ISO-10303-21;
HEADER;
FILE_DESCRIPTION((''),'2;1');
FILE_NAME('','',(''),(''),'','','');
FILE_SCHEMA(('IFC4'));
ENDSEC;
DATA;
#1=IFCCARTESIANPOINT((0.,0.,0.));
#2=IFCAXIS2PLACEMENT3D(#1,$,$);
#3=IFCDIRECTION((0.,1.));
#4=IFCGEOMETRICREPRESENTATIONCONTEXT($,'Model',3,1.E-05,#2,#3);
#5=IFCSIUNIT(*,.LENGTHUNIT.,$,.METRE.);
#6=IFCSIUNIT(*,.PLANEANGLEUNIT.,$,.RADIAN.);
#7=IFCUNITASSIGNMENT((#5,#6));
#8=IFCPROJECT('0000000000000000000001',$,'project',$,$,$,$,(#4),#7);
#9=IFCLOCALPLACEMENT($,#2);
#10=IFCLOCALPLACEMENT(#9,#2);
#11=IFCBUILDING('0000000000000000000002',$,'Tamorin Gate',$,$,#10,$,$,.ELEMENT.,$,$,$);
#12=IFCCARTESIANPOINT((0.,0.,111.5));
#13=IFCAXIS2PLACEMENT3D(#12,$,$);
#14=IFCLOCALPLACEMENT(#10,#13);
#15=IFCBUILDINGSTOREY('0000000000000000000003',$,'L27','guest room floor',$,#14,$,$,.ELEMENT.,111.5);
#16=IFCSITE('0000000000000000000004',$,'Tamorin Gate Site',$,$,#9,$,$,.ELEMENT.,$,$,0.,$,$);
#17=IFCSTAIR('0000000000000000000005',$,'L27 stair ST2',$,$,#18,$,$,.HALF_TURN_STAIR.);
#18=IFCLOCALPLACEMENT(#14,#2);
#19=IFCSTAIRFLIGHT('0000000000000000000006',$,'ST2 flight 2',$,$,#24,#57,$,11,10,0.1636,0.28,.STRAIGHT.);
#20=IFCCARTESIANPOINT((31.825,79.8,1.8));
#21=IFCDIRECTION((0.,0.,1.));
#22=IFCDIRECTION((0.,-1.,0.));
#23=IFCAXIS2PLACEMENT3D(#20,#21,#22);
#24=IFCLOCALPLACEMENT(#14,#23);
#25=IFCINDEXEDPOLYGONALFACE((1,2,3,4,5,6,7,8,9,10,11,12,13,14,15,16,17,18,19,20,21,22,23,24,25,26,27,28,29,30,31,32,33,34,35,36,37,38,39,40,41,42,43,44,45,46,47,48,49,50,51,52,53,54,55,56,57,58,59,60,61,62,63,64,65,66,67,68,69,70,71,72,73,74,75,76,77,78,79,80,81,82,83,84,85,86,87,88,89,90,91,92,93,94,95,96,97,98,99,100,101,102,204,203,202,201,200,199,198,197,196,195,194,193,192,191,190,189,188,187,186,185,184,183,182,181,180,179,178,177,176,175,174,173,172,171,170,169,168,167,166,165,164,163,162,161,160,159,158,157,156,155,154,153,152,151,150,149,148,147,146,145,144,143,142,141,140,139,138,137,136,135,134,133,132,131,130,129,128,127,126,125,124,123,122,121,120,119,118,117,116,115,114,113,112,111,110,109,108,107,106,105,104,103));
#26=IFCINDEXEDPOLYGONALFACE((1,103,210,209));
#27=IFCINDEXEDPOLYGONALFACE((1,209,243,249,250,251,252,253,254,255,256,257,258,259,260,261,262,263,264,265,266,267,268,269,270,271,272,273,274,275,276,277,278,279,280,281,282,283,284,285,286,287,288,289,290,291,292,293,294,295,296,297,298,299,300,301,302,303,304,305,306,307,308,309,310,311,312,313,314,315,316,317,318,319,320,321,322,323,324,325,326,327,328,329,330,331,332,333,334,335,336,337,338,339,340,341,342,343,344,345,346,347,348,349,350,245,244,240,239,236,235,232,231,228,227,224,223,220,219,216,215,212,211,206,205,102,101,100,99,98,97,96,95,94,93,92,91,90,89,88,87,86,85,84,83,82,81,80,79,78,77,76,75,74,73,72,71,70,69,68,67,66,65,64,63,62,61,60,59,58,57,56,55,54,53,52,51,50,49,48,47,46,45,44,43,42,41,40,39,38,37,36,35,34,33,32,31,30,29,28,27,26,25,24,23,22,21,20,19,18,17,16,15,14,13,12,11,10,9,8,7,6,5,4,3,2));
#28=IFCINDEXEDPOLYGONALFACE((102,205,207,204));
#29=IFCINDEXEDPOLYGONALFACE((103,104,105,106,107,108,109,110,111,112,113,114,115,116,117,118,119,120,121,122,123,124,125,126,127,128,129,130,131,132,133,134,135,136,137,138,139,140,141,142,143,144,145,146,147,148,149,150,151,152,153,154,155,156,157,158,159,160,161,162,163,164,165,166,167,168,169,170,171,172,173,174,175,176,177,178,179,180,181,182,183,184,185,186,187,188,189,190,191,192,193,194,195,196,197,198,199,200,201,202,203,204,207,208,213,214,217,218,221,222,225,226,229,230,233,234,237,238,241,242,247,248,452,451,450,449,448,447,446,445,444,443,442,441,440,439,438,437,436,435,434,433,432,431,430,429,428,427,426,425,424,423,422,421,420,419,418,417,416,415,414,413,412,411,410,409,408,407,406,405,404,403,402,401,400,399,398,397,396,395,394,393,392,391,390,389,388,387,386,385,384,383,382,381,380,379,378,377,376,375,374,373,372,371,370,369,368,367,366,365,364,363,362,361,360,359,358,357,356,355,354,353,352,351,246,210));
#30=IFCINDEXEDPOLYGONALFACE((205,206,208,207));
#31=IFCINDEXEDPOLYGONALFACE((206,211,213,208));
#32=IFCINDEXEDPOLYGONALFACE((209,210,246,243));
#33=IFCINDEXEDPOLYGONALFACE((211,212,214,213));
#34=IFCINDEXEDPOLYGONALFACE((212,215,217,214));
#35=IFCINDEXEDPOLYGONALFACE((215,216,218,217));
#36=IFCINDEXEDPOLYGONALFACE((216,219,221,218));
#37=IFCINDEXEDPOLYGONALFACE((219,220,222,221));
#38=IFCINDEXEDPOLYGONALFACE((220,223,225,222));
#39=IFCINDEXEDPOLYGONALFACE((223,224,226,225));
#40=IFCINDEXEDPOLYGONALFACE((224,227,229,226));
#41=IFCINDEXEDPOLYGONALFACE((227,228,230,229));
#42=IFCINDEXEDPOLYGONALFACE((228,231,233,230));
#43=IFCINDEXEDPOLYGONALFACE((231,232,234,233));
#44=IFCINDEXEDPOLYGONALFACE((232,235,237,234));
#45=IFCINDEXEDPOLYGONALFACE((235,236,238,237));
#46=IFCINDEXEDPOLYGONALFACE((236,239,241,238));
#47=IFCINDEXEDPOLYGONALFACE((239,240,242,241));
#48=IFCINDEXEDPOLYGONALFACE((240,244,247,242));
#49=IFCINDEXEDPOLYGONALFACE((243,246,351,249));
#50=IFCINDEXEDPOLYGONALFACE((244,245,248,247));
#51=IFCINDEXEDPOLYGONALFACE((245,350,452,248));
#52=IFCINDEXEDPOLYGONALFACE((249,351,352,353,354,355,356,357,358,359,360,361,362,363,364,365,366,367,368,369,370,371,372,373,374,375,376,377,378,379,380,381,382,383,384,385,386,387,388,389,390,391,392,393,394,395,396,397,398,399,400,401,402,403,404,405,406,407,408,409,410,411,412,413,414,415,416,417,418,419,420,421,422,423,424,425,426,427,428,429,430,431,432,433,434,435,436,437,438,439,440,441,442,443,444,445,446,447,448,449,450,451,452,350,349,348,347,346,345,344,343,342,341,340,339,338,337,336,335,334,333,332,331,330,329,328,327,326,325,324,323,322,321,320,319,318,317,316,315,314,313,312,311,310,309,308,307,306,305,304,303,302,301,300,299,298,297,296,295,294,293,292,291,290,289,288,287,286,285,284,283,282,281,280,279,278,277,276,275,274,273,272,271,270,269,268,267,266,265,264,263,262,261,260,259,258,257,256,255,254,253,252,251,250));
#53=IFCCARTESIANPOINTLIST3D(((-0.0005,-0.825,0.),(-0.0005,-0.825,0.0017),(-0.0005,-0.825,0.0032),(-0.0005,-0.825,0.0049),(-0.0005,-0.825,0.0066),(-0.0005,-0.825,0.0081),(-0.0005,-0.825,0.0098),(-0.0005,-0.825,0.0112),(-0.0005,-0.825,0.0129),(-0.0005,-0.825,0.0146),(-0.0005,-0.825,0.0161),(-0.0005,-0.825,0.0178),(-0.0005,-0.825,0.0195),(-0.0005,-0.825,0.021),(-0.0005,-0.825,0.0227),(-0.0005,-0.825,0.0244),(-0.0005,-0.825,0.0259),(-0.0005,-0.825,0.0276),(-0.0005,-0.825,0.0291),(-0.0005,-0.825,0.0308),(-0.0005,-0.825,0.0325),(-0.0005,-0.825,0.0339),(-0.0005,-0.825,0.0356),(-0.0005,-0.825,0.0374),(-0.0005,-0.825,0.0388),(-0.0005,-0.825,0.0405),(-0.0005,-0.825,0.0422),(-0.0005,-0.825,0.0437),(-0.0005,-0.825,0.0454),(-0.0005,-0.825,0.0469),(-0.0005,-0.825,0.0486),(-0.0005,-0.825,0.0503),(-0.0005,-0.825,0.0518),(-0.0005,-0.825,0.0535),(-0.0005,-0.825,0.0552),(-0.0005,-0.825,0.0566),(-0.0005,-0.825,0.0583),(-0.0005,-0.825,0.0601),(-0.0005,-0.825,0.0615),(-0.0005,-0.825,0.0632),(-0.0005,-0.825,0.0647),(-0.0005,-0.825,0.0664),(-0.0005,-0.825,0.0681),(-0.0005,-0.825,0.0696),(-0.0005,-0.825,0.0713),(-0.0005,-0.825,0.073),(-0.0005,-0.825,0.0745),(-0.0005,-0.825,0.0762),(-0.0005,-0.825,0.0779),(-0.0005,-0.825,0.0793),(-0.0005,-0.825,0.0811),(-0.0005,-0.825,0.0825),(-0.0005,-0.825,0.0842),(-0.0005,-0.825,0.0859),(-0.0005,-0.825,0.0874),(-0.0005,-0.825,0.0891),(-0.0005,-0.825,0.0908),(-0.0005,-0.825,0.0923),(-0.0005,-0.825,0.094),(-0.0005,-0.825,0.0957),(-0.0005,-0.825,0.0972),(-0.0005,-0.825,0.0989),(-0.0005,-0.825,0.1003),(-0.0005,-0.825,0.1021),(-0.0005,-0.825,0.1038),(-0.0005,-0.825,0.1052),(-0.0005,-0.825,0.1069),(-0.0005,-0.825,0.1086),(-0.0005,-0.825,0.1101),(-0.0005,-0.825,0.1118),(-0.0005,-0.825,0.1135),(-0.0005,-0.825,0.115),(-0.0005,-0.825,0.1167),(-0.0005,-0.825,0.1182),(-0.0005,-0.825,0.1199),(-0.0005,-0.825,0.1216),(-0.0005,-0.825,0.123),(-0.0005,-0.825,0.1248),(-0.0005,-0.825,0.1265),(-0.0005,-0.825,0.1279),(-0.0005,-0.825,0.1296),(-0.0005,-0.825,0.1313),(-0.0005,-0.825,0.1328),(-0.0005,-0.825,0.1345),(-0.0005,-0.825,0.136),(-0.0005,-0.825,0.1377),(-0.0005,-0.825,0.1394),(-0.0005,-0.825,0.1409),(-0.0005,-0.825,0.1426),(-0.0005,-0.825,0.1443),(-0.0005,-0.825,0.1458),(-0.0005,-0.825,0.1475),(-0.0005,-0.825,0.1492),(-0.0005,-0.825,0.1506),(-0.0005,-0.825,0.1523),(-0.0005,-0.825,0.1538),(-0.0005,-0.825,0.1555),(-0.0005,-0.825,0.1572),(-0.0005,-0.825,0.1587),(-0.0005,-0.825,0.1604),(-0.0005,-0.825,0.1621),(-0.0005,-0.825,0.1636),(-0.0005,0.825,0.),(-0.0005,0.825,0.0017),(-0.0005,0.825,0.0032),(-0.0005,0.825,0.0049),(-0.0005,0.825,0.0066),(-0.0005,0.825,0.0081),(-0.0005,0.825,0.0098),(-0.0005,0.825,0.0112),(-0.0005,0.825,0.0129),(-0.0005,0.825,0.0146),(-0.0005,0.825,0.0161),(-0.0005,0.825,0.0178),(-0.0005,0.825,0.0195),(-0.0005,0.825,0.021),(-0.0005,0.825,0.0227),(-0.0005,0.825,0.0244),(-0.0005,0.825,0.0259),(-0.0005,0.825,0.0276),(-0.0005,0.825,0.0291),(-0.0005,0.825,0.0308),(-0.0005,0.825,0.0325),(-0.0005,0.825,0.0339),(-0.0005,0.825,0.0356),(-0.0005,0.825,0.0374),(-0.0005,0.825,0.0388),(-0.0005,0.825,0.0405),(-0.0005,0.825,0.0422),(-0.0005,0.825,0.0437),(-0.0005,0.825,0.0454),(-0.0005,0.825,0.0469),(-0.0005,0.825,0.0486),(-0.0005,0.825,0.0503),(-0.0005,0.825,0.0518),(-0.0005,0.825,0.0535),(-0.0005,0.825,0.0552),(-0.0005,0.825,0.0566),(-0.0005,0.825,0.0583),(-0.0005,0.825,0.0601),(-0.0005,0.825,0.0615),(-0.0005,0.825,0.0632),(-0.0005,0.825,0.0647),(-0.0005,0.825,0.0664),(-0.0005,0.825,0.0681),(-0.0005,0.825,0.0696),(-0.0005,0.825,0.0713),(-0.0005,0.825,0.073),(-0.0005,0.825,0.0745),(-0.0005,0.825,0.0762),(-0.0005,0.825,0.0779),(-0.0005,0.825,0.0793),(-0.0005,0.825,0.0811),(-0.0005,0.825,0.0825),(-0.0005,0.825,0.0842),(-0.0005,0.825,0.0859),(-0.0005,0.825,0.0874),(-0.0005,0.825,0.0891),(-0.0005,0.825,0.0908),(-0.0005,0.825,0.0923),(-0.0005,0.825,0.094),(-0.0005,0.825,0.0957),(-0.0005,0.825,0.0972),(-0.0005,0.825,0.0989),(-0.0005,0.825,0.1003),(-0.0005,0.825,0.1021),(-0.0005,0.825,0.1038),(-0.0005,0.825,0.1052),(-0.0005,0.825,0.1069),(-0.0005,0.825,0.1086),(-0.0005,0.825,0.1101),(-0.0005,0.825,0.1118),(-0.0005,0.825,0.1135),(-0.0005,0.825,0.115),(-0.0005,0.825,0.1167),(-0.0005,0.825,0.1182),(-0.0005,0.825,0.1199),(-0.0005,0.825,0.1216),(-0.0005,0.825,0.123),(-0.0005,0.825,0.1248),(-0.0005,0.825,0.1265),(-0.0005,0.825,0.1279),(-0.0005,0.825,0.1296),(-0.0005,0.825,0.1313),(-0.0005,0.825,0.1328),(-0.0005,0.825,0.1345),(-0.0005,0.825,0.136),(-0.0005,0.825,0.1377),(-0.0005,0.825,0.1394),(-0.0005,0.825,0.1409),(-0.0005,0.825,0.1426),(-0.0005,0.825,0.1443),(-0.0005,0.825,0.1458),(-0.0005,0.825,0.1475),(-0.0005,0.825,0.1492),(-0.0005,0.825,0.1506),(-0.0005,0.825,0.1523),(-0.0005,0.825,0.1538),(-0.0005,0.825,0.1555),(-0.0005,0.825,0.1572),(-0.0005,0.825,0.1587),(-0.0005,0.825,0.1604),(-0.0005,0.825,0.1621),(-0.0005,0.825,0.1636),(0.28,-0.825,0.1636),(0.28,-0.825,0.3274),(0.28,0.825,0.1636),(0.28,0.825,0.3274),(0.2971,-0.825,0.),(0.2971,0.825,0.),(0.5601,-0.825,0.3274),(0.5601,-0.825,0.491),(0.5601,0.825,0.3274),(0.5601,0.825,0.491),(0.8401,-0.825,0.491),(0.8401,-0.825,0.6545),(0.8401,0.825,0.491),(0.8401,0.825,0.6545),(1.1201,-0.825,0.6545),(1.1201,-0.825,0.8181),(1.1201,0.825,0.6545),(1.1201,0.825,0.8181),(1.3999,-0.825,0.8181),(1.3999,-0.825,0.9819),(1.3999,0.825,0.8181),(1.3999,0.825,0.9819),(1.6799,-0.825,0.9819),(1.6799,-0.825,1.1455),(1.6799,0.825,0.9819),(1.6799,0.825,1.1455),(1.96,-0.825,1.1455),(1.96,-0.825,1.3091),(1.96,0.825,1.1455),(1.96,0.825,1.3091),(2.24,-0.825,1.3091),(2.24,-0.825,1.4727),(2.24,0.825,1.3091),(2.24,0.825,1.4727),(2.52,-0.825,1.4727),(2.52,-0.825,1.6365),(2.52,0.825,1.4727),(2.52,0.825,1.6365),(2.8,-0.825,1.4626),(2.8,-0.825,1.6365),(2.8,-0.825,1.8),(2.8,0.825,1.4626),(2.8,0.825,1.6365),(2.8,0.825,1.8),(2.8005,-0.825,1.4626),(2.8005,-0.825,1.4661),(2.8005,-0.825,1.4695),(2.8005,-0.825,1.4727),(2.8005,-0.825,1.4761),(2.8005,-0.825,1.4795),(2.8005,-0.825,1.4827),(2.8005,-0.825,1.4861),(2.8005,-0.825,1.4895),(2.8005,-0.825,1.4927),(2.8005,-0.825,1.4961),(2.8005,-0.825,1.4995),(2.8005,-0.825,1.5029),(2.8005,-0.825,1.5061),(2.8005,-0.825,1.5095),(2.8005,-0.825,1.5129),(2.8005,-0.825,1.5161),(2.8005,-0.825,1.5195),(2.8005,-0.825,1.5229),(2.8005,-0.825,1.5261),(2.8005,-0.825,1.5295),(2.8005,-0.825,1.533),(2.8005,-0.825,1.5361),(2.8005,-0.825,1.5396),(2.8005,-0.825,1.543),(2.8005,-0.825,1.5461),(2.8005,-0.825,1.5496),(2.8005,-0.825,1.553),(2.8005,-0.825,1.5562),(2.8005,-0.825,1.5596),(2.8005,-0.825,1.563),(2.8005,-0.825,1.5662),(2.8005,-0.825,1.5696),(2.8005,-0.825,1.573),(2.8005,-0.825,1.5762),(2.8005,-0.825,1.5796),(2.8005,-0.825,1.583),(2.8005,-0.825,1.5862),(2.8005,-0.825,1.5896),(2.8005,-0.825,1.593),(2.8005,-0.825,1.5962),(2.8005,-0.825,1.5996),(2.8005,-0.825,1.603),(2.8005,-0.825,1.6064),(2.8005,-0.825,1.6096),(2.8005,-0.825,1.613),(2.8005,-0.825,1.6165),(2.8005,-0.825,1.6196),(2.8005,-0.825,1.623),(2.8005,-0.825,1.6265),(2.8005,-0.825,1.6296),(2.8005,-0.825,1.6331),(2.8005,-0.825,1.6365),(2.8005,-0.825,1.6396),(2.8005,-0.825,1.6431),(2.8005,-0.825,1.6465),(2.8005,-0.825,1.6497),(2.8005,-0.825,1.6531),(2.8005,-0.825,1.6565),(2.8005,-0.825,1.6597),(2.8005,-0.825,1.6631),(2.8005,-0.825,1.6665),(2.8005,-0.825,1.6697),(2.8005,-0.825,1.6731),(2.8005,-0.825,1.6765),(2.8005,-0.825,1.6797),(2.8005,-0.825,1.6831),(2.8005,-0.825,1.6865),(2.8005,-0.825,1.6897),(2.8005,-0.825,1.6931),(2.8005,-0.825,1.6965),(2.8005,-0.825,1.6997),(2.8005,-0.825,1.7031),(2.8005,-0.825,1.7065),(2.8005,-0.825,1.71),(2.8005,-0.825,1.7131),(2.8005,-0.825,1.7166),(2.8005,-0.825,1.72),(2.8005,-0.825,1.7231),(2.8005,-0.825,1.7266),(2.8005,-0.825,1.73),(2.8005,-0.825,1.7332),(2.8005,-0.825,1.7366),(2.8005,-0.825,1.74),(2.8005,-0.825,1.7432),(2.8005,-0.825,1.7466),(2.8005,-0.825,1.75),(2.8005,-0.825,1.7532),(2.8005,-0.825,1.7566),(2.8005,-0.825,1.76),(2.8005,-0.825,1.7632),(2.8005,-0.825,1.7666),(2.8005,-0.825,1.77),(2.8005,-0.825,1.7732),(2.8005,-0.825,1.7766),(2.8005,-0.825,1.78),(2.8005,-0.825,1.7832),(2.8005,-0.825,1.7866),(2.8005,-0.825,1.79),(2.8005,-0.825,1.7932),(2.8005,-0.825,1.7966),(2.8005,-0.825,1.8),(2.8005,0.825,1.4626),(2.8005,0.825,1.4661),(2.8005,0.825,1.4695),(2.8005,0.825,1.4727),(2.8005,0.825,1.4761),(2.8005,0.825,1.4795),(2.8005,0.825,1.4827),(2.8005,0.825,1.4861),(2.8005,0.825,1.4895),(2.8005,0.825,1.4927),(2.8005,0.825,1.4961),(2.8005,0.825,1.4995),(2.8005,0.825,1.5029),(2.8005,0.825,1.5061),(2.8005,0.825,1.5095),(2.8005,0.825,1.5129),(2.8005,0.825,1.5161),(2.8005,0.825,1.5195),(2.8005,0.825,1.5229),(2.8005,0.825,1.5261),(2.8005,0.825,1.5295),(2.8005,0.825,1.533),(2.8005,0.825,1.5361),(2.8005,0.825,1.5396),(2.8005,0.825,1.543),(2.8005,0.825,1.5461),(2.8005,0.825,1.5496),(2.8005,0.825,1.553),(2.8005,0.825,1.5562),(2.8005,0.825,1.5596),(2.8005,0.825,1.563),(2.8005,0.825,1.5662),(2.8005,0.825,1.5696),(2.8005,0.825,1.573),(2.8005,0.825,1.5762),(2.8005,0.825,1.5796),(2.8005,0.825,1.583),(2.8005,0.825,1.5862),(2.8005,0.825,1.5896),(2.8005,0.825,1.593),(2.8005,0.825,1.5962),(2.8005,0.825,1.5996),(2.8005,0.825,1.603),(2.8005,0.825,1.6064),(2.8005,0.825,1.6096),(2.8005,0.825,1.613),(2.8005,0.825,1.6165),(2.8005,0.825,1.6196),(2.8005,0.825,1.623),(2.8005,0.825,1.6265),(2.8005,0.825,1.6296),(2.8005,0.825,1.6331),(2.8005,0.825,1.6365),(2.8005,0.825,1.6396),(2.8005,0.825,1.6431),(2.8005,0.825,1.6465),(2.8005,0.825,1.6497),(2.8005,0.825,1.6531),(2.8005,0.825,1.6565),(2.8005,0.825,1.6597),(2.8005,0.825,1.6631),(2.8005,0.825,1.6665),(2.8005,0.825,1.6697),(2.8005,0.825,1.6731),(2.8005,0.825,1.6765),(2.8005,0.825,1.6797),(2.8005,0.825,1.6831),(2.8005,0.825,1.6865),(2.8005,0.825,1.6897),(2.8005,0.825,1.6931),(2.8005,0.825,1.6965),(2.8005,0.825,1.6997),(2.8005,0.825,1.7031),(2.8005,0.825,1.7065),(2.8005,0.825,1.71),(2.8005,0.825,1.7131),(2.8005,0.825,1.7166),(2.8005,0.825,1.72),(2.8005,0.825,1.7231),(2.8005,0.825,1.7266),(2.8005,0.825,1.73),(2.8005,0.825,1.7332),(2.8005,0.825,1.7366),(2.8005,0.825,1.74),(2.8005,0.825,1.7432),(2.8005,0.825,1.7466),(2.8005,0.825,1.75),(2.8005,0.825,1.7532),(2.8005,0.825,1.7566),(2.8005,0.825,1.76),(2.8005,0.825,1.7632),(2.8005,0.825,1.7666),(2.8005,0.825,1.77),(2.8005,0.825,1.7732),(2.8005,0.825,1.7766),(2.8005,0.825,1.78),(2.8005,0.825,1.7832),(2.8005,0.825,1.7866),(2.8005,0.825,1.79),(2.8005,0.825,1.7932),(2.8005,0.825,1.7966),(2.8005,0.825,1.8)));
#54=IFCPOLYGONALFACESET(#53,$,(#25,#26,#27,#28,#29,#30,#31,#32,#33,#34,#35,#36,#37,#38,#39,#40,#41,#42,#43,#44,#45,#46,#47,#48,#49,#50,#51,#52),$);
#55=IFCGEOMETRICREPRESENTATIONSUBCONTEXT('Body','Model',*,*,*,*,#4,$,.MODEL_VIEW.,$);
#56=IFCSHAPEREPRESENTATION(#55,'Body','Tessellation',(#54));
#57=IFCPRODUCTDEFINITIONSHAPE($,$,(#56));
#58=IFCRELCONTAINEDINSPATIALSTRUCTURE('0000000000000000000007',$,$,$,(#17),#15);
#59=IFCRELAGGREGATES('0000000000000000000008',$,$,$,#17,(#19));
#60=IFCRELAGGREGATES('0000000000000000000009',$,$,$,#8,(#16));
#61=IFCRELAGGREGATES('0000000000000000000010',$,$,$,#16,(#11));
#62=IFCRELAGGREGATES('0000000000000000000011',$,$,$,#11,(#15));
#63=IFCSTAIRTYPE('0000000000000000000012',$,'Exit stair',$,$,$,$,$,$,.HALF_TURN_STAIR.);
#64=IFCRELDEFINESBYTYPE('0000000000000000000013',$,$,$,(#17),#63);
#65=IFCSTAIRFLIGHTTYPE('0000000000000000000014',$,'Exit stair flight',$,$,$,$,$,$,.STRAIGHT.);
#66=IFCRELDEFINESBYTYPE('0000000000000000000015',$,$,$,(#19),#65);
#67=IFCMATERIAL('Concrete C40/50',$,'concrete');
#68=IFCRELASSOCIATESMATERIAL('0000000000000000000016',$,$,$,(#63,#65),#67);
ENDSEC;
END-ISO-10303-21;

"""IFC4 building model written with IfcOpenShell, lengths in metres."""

from ifc_helpers import new_model, si_unit, direction, frame, origin, place, context, subcontext, project, spatial, polyline, outline, extrude, material, type_object, element, aggregate, save


model = new_model("IFC4")

# Units and contexts
model_context = context("Model", 3, precision=1e-05, world=origin(), true_north=direction((0.0, 1.0)))
body_context = subcontext(model_context, "Body", "Model", "MODEL_VIEW")
ifc_project = project(units=[si_unit("LENGTHUNIT", "METRE"), si_unit("PLANEANGLEUNIT", "RADIAN")], contexts=[model_context])

# Site, building, storey
site_placement = place(None, origin())
site = spatial("IfcSite", under=ifc_project, at=site_placement, Name="Tamorin Gate Site", CompositionType="ELEMENT", RefElevation=0.0)
building_placement = place(site_placement, origin())
building = spatial("IfcBuilding", under=site, at=building_placement, Name="Tamorin Gate", CompositionType="ELEMENT")
storey_placement = place(building_placement, frame((0.0, 0.0, 111.5)))
storey = spatial("IfcBuildingStorey", under=building, at=storey_placement, Name="L27", Description="guest room floor", CompositionType="ELEMENT", Elevation=111.5)

# Shared definitions
ifc_material_1 = material(Name="Concrete C40/50", Category="concrete")

# Stair, stair flight
stair_type = type_object("IfcStairType", Name="Exit stair", PredefinedType="HALF_TURN_STAIR", material=ifc_material_1)
stair_placement = place(storey_placement, origin())
stair = element("IfcStair", 1, at=stair_placement, inside=storey, type_object=stair_type, Name="L27 stair ST2", PredefinedType="HALF_TURN_STAIR")
stair_flight_type = type_object("IfcStairFlightType", Name="Exit stair flight", PredefinedType="STRAIGHT", material=ifc_material_1)
stair_flight_1_placement = place(storey_placement, frame((31.825, 79.8, 1.8), z_axis=(0.0, 0.0, 1.0), x_axis=(0.0, -1.0, 0.0)))
stair_flight_1 = element("IfcStairFlight", 2, at=stair_flight_1_placement, type_object=stair_flight_type, Name="ST2 flight 2", NumberOfRisers=11, NumberOfTreads=10, PredefinedType="STRAIGHT", RiserHeight=0.1636, TreadLength=0.28, context=body_context, shape_type="SweptSolid", body=[
    extrude(outline(polyline([(-0.0005, 0.0), (-0.0005, 0.0017), (-0.0005, 0.0032), (-0.0005, 0.0049), (-0.0005, 0.0066), (-0.0005, 0.0081), (-0.0005, 0.0098), (-0.0005, 0.0112), (-0.0005, 0.0129), (-0.0005, 0.0146), (-0.0005, 0.0161), (-0.0005, 0.0178), (-0.0005, 0.0195), (-0.0005, 0.021), (-0.0005, 0.0227), (-0.0005, 0.0244), (-0.0005, 0.0259), (-0.0005, 0.0276), (-0.0005, 0.0291), (-0.0005, 0.0308), (-0.0005, 0.0325), (-0.0005, 0.0339), (-0.0005, 0.0356), (-0.0005, 0.0374), (-0.0005, 0.0388), (-0.0005, 0.0405), (-0.0005, 0.0422), (-0.0005, 0.0437), (-0.0005, 0.0454), (-0.0005, 0.0469), (-0.0005, 0.0486), (-0.0005, 0.0503), (-0.0005, 0.0518), (-0.0005, 0.0535), (-0.0005, 0.0552), (-0.0005, 0.0566), (-0.0005, 0.0583), (-0.0005, 0.0601), (-0.0005, 0.0615), (-0.0005, 0.0632), (-0.0005, 0.0647), (-0.0005, 0.0664), (-0.0005, 0.0681), (-0.0005, 0.0696), (-0.0005, 0.0713), (-0.0005, 0.073), (-0.0005, 0.0745), (-0.0005, 0.0762), (-0.0005, 0.0779), (-0.0005, 0.0793), (-0.0005, 0.0811), (-0.0005, 0.0825), (-0.0005, 0.0842), (-0.0005, 0.0859), (-0.0005, 0.0874), (-0.0005, 0.0891), (-0.0005, 0.0908), (-0.0005, 0.0923), (-0.0005, 0.094), (-0.0005, 0.0957), (-0.0005, 0.0972), (-0.0005, 0.0989), (-0.0005, 0.1003), (-0.0005, 0.1021), (-0.0005, 0.1038), (-0.0005, 0.1052), (-0.0005, 0.1069), (-0.0005, 0.1086), (-0.0005, 0.1101), (-0.0005, 0.1118), (-0.0005, 0.1135), (-0.0005, 0.115), (-0.0005, 0.1167), (-0.0005, 0.1182), (-0.0005, 0.1199), (-0.0005, 0.1216), (-0.0005, 0.123), (-0.0005, 0.1248), (-0.0005, 0.1265), (-0.0005, 0.1279), (-0.0005, 0.1296), (-0.0005, 0.1313), (-0.0005, 0.1328), (-0.0005, 0.1345), (-0.0005, 0.136), (-0.0005, 0.1377), (-0.0005, 0.1394), (-0.0005, 0.1409), (-0.0005, 0.1426), (-0.0005, 0.1443), (-0.0005, 0.1458), (-0.0005, 0.1475), (-0.0005, 0.1492), (-0.0005, 0.1506), (-0.0005, 0.1523), (-0.0005, 0.1538), (-0.0005, 0.1555), (-0.0005, 0.1572), (-0.0005, 0.1587), (-0.0005, 0.1604), (-0.0005, 0.1621), (-0.0005, 0.1636), (0.28, 0.1636), (0.28, 0.3274), (0.5601, 0.3274), (0.5601, 0.491), (0.8401, 0.491), (0.8401, 0.6545), (1.1201, 0.6545), (1.1201, 0.8181), (1.3999, 0.8181), (1.3999, 0.9819), (1.6799, 0.9819), (1.6799, 1.1455), (1.96, 1.1455), (1.96, 1.3091), (2.24, 1.3091), (2.24, 1.4727), (2.52, 1.4727), (2.52, 1.6365), (2.8, 1.6365), (2.8, 1.8), (2.8005, 1.8), (2.8005, 1.7966), (2.8005, 1.7932), (2.8005, 1.79), (2.8005, 1.7866), (2.8005, 1.7832), (2.8005, 1.78), (2.8005, 1.7766), (2.8005, 1.7732), (2.8005, 1.77), (2.8005, 1.7666), (2.8005, 1.7632), (2.8005, 1.76), (2.8005, 1.7566), (2.8005, 1.7532), (2.8005, 1.75), (2.8005, 1.7466), (2.8005, 1.7432), (2.8005, 1.74), (2.8005, 1.7366), (2.8005, 1.7332), (2.8005, 1.73), (2.8005, 1.7266), (2.8005, 1.7231), (2.8005, 1.72), (2.8005, 1.7166), (2.8005, 1.7131), (2.8005, 1.71), (2.8005, 1.7065), (2.8005, 1.7031), (2.8005, 1.6997), (2.8005, 1.6965), (2.8005, 1.6931), (2.8005, 1.6897), (2.8005, 1.6865), (2.8005, 1.6831), (2.8005, 1.6797), (2.8005, 1.6765), (2.8005, 1.6731), (2.8005, 1.6697), (2.8005, 1.6665), (2.8005, 1.6631), (2.8005, 1.6597), (2.8005, 1.6565), (2.8005, 1.6531), (2.8005, 1.6497), (2.8005, 1.6465), (2.8005, 1.6431), (2.8005, 1.6396), (2.8005, 1.6365), (2.8005, 1.6331), (2.8005, 1.6296), (2.8005, 1.6265), (2.8005, 1.623), (2.8005, 1.6196), (2.8005, 1.6165), (2.8005, 1.613), (2.8005, 1.6096), (2.8005, 1.6064), (2.8005, 1.603), (2.8005, 1.5996), (2.8005, 1.5962), (2.8005, 1.593), (2.8005, 1.5896), (2.8005, 1.5862), (2.8005, 1.583), (2.8005, 1.5796), (2.8005, 1.5762), (2.8005, 1.573), (2.8005, 1.5696), (2.8005, 1.5662), (2.8005, 1.563), (2.8005, 1.5596), (2.8005, 1.5562), (2.8005, 1.553), (2.8005, 1.5496), (2.8005, 1.5461), (2.8005, 1.543), (2.8005, 1.5396), (2.8005, 1.5361), (2.8005, 1.533), (2.8005, 1.5295), (2.8005, 1.5261), (2.8005, 1.5229), (2.8005, 1.5195), (2.8005, 1.5161), (2.8005, 1.5129), (2.8005, 1.5095), (2.8005, 1.5061), (2.8005, 1.5029), (2.8005, 1.4995), (2.8005, 1.4961), (2.8005, 1.4927), (2.8005, 1.4895), (2.8005, 1.4861), (2.8005, 1.4827), (2.8005, 1.4795), (2.8005, 1.4761), (2.8005, 1.4727), (2.8005, 1.4695), (2.8005, 1.4661), (2.8005, 1.4626), (2.8, 1.4626), (0.2971, 0.0), (-0.0005, 0.0)])), frame((0.0, 0.825, 0.0), z_axis=(0.0, -1.0, 0.0), x_axis=(1.0, 0.0, 0.0)), (0.0, 0.0, 1.0), 1.6499),
])
aggregate(stair, [stair_flight_1])

save(model, "model.ifc")
